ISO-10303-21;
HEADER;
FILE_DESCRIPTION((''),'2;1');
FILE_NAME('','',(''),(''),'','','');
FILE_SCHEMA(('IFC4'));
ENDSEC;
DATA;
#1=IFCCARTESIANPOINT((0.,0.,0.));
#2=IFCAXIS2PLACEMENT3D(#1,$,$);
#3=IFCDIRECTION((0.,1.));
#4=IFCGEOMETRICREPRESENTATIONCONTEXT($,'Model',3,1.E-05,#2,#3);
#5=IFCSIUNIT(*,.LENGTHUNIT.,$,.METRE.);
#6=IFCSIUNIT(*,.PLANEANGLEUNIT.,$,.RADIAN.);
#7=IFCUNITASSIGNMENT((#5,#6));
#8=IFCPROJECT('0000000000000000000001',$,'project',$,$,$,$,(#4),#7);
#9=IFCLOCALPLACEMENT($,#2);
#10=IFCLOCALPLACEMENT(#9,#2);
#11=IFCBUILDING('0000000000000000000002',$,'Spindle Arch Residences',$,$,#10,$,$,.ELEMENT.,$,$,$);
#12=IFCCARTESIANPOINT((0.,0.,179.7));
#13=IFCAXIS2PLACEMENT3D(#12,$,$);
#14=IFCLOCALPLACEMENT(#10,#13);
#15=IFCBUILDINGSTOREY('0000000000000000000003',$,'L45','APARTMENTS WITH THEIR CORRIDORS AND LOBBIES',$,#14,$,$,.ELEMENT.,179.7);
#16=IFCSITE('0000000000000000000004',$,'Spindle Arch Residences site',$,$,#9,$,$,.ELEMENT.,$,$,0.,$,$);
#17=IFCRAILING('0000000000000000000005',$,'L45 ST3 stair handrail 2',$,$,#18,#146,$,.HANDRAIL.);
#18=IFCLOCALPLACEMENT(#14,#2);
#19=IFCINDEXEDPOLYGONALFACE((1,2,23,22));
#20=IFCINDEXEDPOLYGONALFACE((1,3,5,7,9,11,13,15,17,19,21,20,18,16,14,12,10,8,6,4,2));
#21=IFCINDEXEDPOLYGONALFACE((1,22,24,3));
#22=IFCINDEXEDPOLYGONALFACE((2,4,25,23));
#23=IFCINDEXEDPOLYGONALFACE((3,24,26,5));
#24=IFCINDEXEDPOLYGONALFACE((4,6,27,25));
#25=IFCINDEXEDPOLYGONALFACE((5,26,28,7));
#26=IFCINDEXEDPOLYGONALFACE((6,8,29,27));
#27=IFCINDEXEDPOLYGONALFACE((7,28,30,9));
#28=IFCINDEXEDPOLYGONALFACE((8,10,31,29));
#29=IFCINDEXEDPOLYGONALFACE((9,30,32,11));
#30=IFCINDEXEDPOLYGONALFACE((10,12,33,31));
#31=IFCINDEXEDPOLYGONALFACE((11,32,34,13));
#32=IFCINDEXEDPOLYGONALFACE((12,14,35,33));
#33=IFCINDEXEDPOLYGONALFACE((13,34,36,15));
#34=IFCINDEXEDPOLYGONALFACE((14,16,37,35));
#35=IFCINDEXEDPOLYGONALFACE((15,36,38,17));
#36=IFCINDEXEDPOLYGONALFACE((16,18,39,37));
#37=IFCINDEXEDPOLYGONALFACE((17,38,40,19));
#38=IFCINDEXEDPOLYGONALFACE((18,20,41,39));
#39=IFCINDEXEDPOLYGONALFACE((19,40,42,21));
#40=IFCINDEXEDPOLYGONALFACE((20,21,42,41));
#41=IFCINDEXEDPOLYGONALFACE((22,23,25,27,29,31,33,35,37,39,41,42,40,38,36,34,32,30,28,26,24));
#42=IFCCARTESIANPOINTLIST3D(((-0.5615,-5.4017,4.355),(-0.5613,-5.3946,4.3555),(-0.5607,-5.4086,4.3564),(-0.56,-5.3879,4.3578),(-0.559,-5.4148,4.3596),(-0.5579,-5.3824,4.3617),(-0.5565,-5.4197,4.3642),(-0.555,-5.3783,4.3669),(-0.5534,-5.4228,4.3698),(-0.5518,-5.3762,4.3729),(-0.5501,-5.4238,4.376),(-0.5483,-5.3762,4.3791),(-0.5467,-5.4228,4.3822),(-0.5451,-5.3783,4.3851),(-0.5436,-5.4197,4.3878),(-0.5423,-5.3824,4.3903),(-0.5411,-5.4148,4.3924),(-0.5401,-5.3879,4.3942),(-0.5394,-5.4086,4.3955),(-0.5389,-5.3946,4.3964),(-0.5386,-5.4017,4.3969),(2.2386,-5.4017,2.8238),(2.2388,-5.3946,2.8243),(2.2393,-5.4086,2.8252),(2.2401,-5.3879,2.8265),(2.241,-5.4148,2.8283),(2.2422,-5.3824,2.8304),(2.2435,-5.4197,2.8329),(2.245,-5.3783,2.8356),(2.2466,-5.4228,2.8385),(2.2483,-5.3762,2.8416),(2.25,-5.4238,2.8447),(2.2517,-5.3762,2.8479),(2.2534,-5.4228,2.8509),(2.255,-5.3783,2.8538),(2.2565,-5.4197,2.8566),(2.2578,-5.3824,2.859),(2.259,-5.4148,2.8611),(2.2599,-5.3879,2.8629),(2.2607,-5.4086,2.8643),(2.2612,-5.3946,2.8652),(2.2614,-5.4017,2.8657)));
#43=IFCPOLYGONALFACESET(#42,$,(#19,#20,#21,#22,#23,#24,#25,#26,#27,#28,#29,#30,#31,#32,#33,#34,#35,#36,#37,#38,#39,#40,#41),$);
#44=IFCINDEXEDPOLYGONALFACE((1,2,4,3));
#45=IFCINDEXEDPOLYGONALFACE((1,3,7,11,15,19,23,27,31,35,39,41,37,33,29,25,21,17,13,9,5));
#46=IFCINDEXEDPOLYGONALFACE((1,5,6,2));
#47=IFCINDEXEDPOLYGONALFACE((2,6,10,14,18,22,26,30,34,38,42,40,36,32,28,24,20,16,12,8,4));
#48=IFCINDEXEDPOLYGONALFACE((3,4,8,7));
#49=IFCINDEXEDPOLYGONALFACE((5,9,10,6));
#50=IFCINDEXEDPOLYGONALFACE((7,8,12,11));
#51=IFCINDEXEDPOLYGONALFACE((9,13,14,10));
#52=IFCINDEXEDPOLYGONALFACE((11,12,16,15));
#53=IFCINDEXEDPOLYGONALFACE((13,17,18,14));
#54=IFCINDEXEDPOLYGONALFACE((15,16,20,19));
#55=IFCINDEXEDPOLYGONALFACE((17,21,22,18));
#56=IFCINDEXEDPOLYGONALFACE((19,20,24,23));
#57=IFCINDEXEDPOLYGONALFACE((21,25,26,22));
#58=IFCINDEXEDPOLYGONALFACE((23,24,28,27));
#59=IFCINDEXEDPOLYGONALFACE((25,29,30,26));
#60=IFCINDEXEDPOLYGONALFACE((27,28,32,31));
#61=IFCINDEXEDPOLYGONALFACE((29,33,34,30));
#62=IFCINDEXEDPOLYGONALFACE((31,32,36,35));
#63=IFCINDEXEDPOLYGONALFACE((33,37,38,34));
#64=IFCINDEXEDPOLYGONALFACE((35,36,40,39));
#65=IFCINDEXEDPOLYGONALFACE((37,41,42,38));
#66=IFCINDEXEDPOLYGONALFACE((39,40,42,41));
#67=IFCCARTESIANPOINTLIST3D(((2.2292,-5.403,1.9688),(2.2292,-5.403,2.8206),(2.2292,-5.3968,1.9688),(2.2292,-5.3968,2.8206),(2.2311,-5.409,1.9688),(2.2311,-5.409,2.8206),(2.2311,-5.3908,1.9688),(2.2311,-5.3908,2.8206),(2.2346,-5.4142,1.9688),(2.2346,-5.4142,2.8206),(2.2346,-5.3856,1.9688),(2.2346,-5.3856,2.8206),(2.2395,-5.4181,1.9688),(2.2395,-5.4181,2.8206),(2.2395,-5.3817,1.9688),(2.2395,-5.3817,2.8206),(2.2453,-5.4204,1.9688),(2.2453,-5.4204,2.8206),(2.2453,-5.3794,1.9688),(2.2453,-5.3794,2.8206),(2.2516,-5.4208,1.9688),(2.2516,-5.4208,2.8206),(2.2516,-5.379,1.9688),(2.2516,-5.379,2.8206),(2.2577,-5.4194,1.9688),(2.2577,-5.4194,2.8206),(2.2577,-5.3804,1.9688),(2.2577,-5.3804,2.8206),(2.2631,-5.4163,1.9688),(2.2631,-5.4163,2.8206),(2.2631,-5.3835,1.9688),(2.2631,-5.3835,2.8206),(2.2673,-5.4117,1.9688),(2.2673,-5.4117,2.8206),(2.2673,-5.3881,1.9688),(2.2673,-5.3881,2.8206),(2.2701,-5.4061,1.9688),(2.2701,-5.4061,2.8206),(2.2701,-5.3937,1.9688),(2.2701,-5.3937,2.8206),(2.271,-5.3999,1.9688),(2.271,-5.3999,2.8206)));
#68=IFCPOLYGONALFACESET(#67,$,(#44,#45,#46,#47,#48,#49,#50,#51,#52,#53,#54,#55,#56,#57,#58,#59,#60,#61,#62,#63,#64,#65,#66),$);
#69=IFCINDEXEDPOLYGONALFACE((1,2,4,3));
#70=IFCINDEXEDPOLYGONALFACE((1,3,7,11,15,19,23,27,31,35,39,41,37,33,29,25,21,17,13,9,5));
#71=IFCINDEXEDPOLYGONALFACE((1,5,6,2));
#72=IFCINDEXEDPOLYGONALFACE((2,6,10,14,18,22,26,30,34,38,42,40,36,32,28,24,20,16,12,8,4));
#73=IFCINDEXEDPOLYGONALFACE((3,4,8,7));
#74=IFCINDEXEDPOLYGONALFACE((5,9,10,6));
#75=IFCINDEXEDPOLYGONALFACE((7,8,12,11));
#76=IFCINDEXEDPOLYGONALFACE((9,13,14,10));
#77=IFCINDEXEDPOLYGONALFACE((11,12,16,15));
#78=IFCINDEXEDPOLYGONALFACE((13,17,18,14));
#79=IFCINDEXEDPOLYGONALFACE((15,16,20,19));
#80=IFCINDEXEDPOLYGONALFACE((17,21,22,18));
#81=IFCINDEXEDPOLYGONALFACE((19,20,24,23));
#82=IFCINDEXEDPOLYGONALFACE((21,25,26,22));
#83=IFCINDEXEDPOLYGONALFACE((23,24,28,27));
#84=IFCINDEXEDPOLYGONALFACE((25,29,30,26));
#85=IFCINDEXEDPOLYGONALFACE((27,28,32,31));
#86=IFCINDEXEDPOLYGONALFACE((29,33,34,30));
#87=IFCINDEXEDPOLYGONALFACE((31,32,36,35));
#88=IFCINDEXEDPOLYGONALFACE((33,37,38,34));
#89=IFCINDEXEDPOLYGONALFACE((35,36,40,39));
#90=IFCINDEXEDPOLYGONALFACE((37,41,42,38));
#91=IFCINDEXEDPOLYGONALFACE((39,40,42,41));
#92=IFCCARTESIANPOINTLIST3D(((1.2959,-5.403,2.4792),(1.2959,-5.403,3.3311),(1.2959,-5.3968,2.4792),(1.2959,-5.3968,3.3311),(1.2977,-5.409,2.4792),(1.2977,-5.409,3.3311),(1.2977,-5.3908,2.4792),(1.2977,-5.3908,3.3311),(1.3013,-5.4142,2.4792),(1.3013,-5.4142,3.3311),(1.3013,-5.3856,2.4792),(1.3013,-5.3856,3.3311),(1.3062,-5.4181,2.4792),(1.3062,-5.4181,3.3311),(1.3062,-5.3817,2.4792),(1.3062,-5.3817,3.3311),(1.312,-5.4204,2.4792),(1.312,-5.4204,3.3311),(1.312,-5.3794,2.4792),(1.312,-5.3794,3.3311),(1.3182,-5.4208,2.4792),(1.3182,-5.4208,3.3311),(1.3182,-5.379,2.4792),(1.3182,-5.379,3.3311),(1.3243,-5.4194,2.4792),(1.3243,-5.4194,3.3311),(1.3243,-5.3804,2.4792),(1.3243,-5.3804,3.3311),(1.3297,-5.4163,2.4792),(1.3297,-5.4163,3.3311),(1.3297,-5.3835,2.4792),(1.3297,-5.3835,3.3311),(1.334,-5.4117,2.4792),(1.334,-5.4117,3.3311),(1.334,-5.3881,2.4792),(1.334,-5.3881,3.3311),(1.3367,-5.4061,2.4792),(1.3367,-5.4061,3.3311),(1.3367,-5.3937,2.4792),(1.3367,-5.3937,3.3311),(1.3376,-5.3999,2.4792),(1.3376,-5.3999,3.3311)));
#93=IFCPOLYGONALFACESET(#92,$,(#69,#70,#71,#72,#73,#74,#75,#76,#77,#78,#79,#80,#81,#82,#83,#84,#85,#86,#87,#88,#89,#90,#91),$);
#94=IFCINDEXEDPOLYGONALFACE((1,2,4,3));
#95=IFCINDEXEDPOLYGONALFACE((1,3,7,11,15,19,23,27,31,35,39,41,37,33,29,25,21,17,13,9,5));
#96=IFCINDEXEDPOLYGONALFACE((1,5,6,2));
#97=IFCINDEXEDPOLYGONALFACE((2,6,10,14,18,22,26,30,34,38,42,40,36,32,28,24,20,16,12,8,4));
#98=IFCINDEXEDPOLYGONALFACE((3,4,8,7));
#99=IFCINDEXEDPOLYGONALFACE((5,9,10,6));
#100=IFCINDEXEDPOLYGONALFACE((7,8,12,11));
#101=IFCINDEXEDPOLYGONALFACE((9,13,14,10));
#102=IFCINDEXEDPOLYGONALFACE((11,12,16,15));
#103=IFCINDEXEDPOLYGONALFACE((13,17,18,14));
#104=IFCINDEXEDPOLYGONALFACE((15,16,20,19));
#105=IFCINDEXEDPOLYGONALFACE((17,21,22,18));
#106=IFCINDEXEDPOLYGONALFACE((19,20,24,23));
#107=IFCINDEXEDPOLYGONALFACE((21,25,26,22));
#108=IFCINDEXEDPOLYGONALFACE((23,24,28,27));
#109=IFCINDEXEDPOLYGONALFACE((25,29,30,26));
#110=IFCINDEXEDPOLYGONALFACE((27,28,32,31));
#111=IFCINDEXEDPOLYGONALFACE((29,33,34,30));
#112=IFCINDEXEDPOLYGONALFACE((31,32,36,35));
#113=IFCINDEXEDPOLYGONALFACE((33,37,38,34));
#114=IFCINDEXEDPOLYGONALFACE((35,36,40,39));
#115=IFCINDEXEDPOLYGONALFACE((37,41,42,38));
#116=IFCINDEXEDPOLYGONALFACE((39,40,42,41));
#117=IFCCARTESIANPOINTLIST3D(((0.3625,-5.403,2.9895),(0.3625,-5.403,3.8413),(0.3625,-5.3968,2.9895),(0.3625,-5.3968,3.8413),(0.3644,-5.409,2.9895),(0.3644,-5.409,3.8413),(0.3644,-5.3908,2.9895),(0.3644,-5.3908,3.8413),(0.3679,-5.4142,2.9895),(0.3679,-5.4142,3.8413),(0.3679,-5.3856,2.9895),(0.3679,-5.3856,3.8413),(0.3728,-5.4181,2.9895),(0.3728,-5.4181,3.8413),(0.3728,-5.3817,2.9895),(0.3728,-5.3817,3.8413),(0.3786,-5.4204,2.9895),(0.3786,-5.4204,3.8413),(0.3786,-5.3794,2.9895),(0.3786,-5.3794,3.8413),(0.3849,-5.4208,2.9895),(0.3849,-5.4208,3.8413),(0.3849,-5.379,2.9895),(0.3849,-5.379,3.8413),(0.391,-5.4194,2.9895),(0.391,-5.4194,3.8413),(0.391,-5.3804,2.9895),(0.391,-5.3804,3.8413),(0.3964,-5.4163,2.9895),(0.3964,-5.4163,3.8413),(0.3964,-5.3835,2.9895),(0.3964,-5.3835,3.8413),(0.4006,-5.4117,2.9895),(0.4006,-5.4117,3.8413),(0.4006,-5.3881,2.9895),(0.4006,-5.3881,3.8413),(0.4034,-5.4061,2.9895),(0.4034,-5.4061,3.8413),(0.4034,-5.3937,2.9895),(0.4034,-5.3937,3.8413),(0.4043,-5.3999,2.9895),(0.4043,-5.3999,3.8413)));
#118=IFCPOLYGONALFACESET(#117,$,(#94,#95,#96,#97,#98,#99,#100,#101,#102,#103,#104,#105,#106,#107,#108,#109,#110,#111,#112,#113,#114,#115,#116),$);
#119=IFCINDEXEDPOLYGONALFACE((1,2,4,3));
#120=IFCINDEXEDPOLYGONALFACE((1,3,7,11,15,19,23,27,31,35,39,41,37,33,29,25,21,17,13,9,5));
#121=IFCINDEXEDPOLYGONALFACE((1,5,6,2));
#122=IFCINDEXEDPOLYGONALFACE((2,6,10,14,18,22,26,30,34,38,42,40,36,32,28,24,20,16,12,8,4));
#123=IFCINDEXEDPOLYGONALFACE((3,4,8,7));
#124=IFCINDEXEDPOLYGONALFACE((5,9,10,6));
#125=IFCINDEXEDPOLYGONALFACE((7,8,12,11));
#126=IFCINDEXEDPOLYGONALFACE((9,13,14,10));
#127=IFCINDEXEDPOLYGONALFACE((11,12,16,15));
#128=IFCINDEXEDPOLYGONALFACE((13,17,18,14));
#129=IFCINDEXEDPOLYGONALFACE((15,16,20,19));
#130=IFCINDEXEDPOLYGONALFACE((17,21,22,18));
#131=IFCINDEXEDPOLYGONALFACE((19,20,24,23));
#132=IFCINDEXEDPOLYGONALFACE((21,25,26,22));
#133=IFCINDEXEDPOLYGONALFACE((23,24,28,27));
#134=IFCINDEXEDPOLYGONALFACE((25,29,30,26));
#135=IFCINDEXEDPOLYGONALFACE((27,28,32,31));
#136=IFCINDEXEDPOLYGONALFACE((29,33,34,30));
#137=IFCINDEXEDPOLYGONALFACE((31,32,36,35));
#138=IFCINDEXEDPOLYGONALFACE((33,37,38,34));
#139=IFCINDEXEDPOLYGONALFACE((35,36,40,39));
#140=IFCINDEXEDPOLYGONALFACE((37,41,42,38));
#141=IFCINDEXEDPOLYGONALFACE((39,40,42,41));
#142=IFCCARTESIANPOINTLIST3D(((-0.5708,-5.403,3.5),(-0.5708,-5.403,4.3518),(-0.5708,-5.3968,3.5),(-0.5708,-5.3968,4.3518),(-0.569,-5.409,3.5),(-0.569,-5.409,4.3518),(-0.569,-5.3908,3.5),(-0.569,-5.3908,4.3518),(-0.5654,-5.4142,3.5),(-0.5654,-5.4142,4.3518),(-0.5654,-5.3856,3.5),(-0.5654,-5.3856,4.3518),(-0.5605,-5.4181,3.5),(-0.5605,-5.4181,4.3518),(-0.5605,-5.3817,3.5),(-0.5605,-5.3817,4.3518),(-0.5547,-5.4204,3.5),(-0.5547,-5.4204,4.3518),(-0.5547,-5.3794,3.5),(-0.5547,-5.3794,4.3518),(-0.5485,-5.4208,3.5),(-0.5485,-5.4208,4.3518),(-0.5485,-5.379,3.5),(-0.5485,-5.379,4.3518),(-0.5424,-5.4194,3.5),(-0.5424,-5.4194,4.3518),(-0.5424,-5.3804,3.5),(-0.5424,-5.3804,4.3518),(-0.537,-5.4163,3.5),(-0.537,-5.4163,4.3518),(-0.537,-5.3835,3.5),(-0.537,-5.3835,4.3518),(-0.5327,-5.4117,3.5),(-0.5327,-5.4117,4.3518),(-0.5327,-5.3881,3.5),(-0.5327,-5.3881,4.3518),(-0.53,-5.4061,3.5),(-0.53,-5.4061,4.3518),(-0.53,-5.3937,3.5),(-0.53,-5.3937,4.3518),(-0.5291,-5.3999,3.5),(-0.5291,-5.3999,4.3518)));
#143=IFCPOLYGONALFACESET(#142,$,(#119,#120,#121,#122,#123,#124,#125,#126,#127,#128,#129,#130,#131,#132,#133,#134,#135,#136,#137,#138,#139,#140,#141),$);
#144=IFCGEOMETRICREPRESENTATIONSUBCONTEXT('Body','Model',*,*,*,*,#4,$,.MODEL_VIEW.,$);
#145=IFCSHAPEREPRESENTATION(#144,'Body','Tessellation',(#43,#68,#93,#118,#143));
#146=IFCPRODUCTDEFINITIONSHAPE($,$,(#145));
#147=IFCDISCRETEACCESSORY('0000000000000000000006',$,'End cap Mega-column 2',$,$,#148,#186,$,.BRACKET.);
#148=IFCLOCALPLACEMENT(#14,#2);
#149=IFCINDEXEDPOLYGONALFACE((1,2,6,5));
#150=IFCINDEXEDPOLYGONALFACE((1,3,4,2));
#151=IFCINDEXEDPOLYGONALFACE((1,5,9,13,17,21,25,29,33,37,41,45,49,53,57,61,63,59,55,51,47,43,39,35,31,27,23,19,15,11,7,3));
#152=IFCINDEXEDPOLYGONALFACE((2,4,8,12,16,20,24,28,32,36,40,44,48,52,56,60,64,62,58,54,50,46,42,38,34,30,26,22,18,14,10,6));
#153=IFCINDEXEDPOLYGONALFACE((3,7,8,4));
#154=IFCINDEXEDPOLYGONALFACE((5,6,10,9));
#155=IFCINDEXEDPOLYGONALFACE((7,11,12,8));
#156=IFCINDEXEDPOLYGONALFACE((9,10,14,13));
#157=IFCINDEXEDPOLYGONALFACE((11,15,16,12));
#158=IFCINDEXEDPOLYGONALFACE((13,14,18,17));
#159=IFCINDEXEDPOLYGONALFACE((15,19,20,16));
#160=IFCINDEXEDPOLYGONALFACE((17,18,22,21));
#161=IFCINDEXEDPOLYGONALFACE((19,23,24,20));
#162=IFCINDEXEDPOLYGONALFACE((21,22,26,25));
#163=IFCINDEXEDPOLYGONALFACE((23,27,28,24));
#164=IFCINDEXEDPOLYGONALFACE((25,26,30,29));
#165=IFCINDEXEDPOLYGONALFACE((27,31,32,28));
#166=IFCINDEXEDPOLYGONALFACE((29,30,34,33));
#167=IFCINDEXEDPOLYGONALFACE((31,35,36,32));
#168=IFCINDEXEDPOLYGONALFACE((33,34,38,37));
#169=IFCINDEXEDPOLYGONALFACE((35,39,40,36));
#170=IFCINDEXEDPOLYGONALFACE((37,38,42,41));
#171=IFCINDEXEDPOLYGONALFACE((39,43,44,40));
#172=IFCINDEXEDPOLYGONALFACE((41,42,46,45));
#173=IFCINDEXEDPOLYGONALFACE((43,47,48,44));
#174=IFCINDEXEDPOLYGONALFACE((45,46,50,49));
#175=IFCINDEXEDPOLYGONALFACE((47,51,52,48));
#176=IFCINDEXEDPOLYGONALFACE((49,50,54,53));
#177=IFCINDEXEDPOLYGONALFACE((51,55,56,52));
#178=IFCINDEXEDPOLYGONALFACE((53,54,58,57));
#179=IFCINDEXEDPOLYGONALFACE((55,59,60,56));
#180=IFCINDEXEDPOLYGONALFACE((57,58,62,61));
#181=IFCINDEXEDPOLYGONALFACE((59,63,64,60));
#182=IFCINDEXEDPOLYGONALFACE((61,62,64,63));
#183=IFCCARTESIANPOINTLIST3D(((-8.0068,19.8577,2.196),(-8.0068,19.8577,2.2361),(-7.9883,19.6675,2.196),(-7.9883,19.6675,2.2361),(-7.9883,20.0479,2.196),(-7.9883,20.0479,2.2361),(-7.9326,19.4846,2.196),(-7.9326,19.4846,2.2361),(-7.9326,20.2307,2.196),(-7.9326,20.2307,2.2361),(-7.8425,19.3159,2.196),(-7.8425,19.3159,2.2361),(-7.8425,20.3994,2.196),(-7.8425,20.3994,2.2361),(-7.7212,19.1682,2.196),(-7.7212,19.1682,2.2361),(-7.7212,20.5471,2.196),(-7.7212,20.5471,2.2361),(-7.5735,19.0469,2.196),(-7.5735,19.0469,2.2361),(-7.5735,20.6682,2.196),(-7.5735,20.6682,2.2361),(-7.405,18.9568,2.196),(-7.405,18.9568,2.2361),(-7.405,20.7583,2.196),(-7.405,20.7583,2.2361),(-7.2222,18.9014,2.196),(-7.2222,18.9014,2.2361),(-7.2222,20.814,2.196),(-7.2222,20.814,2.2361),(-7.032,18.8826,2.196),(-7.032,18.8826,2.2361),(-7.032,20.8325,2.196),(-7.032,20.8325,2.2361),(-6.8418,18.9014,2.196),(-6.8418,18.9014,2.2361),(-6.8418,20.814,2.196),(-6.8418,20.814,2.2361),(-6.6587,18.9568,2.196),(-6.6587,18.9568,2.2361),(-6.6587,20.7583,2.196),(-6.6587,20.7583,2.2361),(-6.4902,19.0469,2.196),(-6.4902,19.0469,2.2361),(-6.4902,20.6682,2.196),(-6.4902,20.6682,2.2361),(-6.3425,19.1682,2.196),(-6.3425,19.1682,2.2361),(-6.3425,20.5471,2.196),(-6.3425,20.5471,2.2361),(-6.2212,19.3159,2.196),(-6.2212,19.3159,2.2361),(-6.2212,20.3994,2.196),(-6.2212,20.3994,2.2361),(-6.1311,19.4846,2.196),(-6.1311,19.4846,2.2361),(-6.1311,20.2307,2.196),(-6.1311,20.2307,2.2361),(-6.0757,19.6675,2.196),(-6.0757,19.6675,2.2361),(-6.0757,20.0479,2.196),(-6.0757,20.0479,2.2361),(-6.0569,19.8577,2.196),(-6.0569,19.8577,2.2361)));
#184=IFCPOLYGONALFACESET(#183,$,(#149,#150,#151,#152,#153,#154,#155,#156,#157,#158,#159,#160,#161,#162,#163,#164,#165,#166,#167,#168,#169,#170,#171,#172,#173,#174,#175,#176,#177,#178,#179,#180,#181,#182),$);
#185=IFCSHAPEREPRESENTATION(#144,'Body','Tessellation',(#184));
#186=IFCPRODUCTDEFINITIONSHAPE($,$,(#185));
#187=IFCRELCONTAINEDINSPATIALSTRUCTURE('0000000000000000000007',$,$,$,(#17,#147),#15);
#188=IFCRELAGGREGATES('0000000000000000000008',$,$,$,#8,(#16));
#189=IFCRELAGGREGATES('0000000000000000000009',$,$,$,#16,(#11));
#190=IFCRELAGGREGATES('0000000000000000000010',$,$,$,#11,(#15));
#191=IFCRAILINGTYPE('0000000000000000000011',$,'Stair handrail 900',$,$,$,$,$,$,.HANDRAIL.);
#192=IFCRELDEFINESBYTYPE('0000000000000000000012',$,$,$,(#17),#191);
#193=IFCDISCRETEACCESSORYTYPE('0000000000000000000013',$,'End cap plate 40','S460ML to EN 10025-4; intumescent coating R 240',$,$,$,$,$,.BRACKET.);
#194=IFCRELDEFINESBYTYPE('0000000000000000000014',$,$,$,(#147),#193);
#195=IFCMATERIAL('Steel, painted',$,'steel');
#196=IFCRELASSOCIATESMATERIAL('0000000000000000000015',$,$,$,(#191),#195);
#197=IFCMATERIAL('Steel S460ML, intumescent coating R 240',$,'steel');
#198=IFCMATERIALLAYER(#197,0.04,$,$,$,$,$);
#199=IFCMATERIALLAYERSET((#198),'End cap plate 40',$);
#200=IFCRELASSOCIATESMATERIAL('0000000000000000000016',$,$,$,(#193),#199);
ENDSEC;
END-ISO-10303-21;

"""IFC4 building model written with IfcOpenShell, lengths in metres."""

from ifc_helpers import new_model, si_unit, direction, frame, origin, origin_2d, place, context, subcontext, project, spatial, polyline, circle, outline, extrude, material, layer, layer_set, type_object, element, save


model = new_model("IFC4")

# Units and contexts
model_context = context("Model", 3, precision=1e-05, world=origin(), true_north=direction((0.0, 1.0)))
body_context = subcontext(model_context, "Body", "Model", "MODEL_VIEW")
ifc_project = project(units=[si_unit("LENGTHUNIT", "METRE"), si_unit("PLANEANGLEUNIT", "RADIAN")], contexts=[model_context])

# Site, building, storey
site_placement = place(None, origin())
site = spatial("IfcSite", under=ifc_project, at=site_placement, Name="Spindle Arch Residences site", CompositionType="ELEMENT", RefElevation=0.0)
building_placement = place(site_placement, origin())
building = spatial("IfcBuilding", under=site, at=building_placement, Name="Spindle Arch Residences", CompositionType="ELEMENT")
storey_placement = place(building_placement, frame((0.0, 0.0, 179.7)))
storey = spatial("IfcBuildingStorey", under=building, at=storey_placement, Name="L45", Description="APARTMENTS WITH THEIR CORRIDORS AND LOBBIES", CompositionType="ELEMENT", Elevation=179.7)

# Railing
ifc_material_1 = material(Name="Steel, painted", Category="steel")
railing_type_1 = type_object("IfcRailingType", Name="Stair handrail 900", PredefinedType="HANDRAIL", material=ifc_material_1)
railing_1_placement = place(storey_placement, frame((2.25, -5.3999, 1.9688)))
element("IfcRailing", 1, at=railing_1_placement, inside=storey, type_object=railing_type_1, Name="L45 ST3 stair handrail 2", PredefinedType="HANDRAIL", context=body_context, shape_type="SweptSolid", body=[
    extrude(circle(Radius=0.0239, at=origin_2d()), frame((0.0, 0.0, 0.876), z_axis=(-0.877375, 0.0, 0.479806), x_axis=(0.0, -1.0, 0.0)), (0.0, 0.0, 1.0), 3.1914),
    extrude(circle(Radius=0.021, at=origin_2d()), origin(), (0.0, 0.0, 1.0), 0.8518),
    extrude(circle(Radius=0.021, at=origin_2d()), frame((-0.9333, 0.0, 0.5105)), (0.0, 0.0, 1.0), 0.8518),
    extrude(circle(Radius=0.021, at=origin_2d()), frame((-1.8667, 0.0, 1.0208)), (0.0, 0.0, 1.0), 0.8518),
    extrude(circle(Radius=0.021, at=origin_2d()), frame((-2.8, 0.0, 1.5312)), (0.0, 0.0, 1.0), 0.8518),
])

# Discrete accessory
ifc_material_2 = material(Name="Steel S460ML, intumescent coating R 240", Category="steel")
ifc_layer_1 = layer(ifc_material_2, 0.04)
ifc_layer_set_1 = layer_set([ifc_layer_1], Name="End cap plate 40")
discrete_accessory_type = type_object("IfcDiscreteAccessoryType", Name="End cap plate 40", Description="S460ML to EN 10025-4; intumescent coating R 240", PredefinedType="BRACKET", material=ifc_layer_set_1)
discrete_accessory_placement = place(storey_placement, frame((0.0, 0.0, 2.196)))
element("IfcDiscreteAccessory", 2, at=discrete_accessory_placement, inside=storey, type_object=discrete_accessory_type, Name="End cap Mega-column 2", PredefinedType="BRACKET", context=body_context, shape_type="SweptSolid", body=[
    extrude(outline(polyline([(-6.0569, 19.8577), (-6.0757, 20.0479), (-6.1311, 20.2307), (-6.2212, 20.3994), (-6.3425, 20.5471), (-6.4902, 20.6682), (-6.6587, 20.7583), (-6.8418, 20.814), (-7.032, 20.8325), (-7.2222, 20.814), (-7.405, 20.7583), (-7.5735, 20.6682), (-7.7212, 20.5471), (-7.8425, 20.3994), (-7.9326, 20.2307), (-7.9883, 20.0479), (-8.0068, 19.8577), (-7.9883, 19.6675), (-7.9326, 19.4846), (-7.8425, 19.3159), (-7.7212, 19.1682), (-7.5735, 19.0469), (-7.405, 18.9568), (-7.2222, 18.9014), (-7.032, 18.8826), (-6.8418, 18.9014), (-6.6587, 18.9568), (-6.4902, 19.0469), (-6.3425, 19.1682), (-6.2212, 19.3159), (-6.1311, 19.4846), (-6.0757, 19.6675), (-6.0569, 19.8577)])), origin(), (0.0, 0.0, 1.0), 0.04),
])

save(model, "model.ifc")
